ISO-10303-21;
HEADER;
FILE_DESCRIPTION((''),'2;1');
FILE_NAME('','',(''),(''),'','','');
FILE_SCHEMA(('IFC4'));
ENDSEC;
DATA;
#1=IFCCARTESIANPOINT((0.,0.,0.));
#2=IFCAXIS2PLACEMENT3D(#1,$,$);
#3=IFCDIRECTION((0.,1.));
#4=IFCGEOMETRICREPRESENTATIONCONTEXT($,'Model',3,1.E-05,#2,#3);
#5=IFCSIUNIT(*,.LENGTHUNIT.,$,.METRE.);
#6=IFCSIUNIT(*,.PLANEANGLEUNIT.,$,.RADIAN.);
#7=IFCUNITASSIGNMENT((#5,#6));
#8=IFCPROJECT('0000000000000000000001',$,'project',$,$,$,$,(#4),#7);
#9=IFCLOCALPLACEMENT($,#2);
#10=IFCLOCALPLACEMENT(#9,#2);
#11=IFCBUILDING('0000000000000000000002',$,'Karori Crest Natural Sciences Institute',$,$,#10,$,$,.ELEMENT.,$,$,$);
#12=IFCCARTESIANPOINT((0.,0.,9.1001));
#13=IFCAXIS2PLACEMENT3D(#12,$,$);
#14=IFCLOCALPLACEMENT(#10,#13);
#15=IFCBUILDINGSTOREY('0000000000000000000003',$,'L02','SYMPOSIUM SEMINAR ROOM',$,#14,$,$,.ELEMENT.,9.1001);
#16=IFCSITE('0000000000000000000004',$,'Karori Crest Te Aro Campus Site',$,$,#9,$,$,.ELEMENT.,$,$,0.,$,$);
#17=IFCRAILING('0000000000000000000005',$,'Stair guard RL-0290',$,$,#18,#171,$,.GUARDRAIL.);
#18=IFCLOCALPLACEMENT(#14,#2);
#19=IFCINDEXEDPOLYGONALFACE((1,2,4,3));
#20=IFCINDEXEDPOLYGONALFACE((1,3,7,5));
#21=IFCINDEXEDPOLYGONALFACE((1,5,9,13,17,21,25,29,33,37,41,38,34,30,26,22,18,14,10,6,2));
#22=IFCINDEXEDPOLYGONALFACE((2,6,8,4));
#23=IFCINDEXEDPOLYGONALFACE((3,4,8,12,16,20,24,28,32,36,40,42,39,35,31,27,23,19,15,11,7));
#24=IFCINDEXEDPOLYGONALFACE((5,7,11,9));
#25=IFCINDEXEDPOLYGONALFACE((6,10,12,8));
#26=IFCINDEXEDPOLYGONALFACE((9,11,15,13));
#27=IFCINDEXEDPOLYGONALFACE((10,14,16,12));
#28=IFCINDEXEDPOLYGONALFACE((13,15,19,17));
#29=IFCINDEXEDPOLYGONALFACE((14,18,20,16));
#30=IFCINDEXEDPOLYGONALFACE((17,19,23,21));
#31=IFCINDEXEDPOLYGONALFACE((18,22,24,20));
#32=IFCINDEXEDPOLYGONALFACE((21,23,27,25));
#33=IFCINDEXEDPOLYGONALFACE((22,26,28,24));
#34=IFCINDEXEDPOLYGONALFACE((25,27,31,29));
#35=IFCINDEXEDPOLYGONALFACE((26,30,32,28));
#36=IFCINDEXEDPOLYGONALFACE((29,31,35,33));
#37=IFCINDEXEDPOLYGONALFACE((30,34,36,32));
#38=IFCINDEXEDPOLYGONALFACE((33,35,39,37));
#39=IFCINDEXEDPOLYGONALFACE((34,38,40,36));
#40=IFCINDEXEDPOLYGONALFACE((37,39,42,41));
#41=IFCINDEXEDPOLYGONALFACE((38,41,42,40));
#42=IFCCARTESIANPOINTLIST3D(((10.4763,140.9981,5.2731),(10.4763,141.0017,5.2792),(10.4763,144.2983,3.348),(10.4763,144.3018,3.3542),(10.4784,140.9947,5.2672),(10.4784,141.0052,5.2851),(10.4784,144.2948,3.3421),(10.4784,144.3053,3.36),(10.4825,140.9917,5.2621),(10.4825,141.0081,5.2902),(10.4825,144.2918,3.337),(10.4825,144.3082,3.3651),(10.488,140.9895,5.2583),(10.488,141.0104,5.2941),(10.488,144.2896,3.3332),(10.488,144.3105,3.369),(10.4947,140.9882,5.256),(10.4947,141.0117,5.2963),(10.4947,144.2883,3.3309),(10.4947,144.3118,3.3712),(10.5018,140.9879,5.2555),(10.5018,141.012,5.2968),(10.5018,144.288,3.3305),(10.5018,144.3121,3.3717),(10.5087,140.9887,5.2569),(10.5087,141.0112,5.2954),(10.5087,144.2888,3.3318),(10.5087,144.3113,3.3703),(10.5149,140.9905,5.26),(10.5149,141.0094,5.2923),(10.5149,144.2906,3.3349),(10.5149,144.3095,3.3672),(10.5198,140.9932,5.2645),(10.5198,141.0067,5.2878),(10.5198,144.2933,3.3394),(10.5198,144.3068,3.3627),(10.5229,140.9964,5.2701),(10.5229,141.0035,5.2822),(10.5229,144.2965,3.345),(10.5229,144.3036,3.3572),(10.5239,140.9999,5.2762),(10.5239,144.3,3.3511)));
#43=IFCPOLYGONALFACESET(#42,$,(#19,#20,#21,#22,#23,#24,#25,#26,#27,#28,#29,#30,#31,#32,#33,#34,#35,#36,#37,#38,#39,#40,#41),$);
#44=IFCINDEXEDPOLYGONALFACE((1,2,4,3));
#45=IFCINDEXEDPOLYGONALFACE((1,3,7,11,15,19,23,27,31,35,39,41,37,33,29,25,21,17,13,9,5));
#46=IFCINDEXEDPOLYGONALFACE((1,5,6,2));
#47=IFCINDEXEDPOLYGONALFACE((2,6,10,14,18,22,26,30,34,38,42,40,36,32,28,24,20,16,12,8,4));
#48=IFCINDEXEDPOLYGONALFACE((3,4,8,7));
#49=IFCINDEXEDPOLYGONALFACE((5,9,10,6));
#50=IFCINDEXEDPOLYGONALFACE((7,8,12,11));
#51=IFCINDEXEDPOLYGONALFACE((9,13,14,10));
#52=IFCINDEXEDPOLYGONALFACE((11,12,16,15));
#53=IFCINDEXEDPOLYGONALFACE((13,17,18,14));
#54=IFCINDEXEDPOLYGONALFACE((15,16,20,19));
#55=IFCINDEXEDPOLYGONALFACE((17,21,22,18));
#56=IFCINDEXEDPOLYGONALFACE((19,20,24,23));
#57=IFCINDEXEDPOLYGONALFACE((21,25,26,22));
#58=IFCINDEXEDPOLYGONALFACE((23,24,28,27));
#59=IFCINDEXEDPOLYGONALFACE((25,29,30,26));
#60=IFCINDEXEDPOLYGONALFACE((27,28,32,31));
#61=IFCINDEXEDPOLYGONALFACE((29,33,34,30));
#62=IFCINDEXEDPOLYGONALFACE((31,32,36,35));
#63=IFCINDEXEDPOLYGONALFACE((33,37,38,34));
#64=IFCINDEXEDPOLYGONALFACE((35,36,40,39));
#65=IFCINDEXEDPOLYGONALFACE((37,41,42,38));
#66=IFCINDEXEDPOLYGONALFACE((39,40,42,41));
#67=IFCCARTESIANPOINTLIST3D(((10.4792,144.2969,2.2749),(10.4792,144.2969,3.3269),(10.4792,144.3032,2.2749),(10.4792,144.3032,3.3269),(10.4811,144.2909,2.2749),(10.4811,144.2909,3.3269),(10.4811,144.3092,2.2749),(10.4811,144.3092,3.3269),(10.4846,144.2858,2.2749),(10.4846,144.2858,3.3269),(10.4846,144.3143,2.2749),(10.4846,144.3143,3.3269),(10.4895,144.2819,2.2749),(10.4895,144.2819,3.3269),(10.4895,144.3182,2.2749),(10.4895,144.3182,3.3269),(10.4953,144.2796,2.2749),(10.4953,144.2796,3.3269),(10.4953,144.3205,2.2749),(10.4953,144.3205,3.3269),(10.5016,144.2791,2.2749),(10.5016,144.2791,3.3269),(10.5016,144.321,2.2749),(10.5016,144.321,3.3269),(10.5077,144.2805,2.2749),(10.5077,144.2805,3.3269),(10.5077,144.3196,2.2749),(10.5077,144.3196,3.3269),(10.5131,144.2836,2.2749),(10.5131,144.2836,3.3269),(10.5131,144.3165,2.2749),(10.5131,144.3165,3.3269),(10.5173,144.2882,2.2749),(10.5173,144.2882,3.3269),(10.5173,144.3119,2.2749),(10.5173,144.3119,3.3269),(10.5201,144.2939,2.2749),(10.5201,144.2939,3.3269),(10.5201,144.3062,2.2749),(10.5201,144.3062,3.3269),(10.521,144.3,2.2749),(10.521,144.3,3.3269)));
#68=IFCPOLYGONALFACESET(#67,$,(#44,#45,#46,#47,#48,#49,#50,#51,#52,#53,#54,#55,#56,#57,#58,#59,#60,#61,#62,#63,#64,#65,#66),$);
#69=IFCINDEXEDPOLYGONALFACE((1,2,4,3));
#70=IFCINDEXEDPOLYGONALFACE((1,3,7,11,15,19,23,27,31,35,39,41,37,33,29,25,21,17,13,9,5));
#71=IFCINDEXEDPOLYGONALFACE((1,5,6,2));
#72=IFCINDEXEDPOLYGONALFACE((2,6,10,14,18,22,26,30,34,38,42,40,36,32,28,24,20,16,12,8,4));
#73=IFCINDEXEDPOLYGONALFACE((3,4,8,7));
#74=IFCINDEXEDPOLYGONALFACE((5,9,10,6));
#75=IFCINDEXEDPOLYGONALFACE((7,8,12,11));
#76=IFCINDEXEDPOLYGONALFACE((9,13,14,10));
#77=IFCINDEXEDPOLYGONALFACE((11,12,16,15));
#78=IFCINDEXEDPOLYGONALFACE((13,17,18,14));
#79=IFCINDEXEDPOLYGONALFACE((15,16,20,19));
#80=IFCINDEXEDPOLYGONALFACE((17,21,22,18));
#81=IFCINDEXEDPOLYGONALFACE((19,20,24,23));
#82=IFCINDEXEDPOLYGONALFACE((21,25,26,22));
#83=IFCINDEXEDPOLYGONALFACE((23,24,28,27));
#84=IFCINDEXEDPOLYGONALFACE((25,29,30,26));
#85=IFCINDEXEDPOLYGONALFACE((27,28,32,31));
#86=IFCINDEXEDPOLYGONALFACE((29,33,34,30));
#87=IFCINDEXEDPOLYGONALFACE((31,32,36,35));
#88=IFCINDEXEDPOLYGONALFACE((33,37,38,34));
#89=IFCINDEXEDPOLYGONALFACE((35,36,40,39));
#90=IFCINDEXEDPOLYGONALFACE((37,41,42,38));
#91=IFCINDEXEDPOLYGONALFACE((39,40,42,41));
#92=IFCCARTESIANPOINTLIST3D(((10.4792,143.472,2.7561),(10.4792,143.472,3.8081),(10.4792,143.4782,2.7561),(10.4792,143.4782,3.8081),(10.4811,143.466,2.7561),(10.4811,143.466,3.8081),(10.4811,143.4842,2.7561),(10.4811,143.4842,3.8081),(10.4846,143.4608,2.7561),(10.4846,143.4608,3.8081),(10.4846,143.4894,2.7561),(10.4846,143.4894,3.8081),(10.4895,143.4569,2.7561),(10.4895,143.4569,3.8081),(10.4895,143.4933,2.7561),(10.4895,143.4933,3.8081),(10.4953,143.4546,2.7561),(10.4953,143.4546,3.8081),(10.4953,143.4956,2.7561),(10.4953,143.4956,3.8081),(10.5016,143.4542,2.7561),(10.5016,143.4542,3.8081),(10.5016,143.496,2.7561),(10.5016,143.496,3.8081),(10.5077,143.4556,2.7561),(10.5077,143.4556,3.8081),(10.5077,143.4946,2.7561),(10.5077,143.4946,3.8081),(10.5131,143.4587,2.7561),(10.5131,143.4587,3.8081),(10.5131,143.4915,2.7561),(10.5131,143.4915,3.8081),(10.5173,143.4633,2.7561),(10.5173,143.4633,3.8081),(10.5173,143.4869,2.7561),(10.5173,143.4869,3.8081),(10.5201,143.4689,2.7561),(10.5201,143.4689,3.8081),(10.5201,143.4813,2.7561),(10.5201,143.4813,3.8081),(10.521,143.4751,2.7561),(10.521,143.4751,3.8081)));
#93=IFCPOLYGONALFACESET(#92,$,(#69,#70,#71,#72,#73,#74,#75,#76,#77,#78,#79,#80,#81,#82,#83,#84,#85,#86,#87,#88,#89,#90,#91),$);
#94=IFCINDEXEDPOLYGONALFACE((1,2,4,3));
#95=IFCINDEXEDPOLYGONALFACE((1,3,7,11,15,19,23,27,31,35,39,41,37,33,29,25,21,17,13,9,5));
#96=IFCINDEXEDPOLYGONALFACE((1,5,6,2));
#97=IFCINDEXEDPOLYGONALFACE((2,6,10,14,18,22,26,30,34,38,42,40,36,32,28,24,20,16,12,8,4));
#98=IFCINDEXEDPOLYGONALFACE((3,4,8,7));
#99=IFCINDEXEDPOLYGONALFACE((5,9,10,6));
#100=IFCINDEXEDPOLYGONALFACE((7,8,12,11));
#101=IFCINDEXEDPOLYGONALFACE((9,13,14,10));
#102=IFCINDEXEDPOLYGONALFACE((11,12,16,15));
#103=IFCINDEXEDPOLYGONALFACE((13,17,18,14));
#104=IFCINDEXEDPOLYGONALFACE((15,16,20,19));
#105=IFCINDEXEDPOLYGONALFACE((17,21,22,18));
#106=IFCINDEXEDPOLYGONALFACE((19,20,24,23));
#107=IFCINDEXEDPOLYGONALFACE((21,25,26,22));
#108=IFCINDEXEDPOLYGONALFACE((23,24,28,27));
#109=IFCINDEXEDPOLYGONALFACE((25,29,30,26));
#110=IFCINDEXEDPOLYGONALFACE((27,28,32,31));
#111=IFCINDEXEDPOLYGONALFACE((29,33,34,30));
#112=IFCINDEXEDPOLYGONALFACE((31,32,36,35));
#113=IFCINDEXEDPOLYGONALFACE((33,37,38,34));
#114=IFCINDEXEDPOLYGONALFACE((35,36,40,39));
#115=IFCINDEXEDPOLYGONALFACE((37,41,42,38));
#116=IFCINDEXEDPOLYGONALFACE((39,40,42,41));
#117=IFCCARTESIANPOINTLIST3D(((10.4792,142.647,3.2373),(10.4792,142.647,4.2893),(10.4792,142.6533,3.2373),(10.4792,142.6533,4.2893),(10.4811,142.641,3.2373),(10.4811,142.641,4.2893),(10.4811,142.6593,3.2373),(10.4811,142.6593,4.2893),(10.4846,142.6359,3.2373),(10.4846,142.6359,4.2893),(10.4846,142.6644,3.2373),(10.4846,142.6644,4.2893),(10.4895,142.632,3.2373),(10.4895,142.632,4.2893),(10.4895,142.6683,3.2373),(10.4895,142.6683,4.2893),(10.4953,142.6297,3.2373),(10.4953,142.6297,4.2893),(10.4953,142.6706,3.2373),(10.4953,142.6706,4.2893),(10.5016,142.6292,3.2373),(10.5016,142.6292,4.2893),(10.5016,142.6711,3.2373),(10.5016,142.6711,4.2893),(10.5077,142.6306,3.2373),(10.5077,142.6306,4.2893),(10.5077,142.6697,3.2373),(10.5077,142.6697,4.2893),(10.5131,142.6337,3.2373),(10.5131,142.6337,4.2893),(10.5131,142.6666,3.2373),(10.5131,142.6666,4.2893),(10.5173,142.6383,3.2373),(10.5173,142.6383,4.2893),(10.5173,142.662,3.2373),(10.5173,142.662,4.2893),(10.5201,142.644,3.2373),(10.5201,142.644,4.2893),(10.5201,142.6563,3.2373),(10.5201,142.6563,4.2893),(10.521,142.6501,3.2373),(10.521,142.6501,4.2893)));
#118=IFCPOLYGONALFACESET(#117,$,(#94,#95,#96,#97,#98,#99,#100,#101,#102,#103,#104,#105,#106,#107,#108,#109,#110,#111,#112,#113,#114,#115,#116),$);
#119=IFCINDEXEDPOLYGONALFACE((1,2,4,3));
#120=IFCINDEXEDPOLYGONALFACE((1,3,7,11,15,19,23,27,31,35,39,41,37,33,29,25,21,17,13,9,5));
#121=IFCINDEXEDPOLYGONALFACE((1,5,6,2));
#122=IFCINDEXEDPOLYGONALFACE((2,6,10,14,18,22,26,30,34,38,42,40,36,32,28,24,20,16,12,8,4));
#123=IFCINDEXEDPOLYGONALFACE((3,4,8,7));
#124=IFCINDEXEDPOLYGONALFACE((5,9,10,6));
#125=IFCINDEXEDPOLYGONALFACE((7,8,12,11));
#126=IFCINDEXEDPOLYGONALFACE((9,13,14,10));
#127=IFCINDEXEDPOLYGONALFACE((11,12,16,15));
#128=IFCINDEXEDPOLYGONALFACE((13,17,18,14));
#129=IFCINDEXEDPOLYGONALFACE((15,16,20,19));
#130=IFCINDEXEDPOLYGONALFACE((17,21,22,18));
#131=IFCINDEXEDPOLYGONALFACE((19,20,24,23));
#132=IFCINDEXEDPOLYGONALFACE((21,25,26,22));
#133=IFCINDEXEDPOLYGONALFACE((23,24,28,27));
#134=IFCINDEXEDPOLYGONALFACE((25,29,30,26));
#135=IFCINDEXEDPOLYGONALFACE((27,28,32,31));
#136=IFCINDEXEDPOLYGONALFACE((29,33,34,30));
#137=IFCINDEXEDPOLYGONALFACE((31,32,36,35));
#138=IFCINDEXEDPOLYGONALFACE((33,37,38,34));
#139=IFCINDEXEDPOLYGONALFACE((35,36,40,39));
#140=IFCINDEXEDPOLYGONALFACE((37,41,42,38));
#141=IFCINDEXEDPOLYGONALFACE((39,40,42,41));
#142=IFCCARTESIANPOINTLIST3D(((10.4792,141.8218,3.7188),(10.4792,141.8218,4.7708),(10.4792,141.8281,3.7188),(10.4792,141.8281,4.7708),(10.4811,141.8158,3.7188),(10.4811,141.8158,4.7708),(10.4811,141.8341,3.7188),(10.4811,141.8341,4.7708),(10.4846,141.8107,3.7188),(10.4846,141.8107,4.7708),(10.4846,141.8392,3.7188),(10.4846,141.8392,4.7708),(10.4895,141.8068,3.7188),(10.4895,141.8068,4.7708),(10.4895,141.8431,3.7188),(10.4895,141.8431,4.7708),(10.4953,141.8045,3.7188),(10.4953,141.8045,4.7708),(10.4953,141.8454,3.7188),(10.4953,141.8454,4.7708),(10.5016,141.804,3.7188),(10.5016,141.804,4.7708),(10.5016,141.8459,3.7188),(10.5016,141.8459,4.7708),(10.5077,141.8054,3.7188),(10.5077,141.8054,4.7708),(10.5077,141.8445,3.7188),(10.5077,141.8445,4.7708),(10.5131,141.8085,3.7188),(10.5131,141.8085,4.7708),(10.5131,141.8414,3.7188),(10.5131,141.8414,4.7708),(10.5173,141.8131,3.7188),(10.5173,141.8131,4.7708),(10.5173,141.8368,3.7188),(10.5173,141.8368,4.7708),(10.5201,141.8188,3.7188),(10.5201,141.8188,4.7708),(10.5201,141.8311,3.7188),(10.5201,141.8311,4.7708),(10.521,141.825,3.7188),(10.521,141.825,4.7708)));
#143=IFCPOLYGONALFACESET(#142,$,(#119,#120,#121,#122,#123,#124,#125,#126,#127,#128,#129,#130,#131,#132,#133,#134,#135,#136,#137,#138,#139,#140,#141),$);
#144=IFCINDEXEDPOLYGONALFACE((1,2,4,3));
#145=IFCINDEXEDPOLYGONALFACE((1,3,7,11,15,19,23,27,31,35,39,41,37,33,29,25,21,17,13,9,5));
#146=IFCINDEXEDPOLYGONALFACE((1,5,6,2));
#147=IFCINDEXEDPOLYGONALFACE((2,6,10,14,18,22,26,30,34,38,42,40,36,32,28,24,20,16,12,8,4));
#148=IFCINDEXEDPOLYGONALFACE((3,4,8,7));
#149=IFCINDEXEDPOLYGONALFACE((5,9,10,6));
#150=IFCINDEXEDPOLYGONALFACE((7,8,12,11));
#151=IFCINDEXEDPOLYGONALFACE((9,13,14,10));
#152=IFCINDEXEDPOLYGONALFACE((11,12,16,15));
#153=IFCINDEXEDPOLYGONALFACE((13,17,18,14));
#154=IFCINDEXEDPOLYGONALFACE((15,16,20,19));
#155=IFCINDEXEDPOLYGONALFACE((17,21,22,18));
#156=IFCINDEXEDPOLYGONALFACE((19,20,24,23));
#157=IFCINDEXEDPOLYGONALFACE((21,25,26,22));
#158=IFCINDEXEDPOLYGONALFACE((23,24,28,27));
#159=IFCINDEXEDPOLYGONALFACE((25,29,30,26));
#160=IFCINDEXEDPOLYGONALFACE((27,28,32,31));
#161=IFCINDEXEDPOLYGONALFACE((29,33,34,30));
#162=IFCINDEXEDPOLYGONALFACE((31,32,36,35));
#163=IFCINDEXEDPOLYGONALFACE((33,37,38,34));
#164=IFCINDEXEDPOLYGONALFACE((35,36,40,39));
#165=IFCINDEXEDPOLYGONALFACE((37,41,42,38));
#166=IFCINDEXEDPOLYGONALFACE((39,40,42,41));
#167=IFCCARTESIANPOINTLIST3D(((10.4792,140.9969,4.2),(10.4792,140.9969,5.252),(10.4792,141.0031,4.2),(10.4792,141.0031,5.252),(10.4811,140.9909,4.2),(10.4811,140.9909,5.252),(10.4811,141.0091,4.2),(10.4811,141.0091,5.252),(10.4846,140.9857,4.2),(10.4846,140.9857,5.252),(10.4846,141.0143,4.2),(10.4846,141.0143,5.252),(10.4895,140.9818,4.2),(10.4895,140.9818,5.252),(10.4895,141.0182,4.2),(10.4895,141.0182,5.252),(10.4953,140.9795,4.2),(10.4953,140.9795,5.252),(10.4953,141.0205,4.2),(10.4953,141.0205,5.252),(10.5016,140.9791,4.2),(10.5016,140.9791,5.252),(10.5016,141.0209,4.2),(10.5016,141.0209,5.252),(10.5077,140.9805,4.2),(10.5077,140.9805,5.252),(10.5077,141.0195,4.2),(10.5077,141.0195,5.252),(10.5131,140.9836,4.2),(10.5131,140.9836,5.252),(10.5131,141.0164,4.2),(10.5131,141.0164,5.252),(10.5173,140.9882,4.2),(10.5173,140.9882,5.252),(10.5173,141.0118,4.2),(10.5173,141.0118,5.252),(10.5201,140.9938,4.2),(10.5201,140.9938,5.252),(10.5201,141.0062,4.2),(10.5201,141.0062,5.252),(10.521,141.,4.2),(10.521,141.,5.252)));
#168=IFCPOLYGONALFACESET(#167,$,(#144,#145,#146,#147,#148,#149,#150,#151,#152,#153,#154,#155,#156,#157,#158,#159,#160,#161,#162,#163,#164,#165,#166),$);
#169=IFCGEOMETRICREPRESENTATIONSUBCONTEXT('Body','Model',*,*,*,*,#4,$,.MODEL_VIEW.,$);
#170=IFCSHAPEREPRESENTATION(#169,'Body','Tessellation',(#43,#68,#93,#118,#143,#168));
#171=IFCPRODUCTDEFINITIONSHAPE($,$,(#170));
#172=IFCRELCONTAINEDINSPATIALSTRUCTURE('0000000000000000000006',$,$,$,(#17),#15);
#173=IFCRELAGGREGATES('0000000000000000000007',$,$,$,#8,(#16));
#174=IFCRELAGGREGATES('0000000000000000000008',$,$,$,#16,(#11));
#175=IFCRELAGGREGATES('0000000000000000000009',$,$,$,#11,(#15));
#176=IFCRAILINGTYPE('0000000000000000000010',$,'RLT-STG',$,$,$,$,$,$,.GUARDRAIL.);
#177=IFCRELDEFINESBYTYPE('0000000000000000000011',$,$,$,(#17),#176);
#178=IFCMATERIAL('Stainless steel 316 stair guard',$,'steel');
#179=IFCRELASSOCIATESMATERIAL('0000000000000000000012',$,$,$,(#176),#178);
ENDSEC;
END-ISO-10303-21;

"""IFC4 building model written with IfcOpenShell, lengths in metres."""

from ifc_helpers import new_model, si_unit, direction, frame, origin, origin_2d, place, context, subcontext, project, spatial, circle, extrude, material, type_object, element, save


model = new_model("IFC4")

# Units and contexts
model_context = context("Model", 3, precision=1e-05, world=origin(), true_north=direction((0.0, 1.0)))
body_context = subcontext(model_context, "Body", "Model", "MODEL_VIEW")
ifc_project = project(units=[si_unit("LENGTHUNIT", "METRE"), si_unit("PLANEANGLEUNIT", "RADIAN")], contexts=[model_context])

# Site, building, storey
site_placement = place(None, origin())
site = spatial("IfcSite", under=ifc_project, at=site_placement, Name="Karori Crest Te Aro Campus Site", CompositionType="ELEMENT", RefElevation=0.0)
building_placement = place(site_placement, origin())
building = spatial("IfcBuilding", under=site, at=building_placement, Name="Karori Crest Natural Sciences Institute", CompositionType="ELEMENT")
storey_placement = place(building_placement, frame((0.0, 0.0, 9.1001)))
storey = spatial("IfcBuildingStorey", under=building, at=storey_placement, Name="L02", Description="SYMPOSIUM SEMINAR ROOM", CompositionType="ELEMENT", Elevation=9.1001)

# Railing
ifc_material_1 = material(Name="Stainless steel 316 stair guard", Category="steel")
railing_type_1 = type_object("IfcRailingType", Name="RLT-STG", PredefinedType="GUARDRAIL", material=ifc_material_1)
railing_1_placement = place(storey_placement, frame((10.5, 144.3, 2.2749)))
element("IfcRailing", 1, at=railing_1_placement, inside=storey, type_object=railing_type_1, Name="Stair guard RL-0290", PredefinedType="GUARDRAIL", context=body_context, shape_type="SweptSolid", body=[
    extrude(circle(Radius=0.0239, at=origin_2d()), frame((0.0, 0.0, 1.0762), z_axis=(0.0, -0.863777, 0.503875), x_axis=(1.0, 0.0, 0.0)), (0.0, 0.0, 1.0), 3.8206),
    extrude(circle(Radius=0.021, at=origin_2d()), origin(), (0.0, 0.0, 1.0), 1.052),
    extrude(circle(Radius=0.021, at=origin_2d()), frame((0.0, -0.825, 0.4812)), (0.0, 0.0, 1.0), 1.052),
    extrude(circle(Radius=0.021, at=origin_2d()), frame((0.0, -1.6499, 0.9624)), (0.0, 0.0, 1.0), 1.052),
    extrude(circle(Radius=0.021, at=origin_2d()), frame((0.0, -2.4751, 1.4438)), (0.0, 0.0, 1.0), 1.052),
    extrude(circle(Radius=0.021, at=origin_2d()), frame((0.0, -3.3, 1.925)), (0.0, 0.0, 1.0), 1.052),
])

save(model, "model.ifc")
